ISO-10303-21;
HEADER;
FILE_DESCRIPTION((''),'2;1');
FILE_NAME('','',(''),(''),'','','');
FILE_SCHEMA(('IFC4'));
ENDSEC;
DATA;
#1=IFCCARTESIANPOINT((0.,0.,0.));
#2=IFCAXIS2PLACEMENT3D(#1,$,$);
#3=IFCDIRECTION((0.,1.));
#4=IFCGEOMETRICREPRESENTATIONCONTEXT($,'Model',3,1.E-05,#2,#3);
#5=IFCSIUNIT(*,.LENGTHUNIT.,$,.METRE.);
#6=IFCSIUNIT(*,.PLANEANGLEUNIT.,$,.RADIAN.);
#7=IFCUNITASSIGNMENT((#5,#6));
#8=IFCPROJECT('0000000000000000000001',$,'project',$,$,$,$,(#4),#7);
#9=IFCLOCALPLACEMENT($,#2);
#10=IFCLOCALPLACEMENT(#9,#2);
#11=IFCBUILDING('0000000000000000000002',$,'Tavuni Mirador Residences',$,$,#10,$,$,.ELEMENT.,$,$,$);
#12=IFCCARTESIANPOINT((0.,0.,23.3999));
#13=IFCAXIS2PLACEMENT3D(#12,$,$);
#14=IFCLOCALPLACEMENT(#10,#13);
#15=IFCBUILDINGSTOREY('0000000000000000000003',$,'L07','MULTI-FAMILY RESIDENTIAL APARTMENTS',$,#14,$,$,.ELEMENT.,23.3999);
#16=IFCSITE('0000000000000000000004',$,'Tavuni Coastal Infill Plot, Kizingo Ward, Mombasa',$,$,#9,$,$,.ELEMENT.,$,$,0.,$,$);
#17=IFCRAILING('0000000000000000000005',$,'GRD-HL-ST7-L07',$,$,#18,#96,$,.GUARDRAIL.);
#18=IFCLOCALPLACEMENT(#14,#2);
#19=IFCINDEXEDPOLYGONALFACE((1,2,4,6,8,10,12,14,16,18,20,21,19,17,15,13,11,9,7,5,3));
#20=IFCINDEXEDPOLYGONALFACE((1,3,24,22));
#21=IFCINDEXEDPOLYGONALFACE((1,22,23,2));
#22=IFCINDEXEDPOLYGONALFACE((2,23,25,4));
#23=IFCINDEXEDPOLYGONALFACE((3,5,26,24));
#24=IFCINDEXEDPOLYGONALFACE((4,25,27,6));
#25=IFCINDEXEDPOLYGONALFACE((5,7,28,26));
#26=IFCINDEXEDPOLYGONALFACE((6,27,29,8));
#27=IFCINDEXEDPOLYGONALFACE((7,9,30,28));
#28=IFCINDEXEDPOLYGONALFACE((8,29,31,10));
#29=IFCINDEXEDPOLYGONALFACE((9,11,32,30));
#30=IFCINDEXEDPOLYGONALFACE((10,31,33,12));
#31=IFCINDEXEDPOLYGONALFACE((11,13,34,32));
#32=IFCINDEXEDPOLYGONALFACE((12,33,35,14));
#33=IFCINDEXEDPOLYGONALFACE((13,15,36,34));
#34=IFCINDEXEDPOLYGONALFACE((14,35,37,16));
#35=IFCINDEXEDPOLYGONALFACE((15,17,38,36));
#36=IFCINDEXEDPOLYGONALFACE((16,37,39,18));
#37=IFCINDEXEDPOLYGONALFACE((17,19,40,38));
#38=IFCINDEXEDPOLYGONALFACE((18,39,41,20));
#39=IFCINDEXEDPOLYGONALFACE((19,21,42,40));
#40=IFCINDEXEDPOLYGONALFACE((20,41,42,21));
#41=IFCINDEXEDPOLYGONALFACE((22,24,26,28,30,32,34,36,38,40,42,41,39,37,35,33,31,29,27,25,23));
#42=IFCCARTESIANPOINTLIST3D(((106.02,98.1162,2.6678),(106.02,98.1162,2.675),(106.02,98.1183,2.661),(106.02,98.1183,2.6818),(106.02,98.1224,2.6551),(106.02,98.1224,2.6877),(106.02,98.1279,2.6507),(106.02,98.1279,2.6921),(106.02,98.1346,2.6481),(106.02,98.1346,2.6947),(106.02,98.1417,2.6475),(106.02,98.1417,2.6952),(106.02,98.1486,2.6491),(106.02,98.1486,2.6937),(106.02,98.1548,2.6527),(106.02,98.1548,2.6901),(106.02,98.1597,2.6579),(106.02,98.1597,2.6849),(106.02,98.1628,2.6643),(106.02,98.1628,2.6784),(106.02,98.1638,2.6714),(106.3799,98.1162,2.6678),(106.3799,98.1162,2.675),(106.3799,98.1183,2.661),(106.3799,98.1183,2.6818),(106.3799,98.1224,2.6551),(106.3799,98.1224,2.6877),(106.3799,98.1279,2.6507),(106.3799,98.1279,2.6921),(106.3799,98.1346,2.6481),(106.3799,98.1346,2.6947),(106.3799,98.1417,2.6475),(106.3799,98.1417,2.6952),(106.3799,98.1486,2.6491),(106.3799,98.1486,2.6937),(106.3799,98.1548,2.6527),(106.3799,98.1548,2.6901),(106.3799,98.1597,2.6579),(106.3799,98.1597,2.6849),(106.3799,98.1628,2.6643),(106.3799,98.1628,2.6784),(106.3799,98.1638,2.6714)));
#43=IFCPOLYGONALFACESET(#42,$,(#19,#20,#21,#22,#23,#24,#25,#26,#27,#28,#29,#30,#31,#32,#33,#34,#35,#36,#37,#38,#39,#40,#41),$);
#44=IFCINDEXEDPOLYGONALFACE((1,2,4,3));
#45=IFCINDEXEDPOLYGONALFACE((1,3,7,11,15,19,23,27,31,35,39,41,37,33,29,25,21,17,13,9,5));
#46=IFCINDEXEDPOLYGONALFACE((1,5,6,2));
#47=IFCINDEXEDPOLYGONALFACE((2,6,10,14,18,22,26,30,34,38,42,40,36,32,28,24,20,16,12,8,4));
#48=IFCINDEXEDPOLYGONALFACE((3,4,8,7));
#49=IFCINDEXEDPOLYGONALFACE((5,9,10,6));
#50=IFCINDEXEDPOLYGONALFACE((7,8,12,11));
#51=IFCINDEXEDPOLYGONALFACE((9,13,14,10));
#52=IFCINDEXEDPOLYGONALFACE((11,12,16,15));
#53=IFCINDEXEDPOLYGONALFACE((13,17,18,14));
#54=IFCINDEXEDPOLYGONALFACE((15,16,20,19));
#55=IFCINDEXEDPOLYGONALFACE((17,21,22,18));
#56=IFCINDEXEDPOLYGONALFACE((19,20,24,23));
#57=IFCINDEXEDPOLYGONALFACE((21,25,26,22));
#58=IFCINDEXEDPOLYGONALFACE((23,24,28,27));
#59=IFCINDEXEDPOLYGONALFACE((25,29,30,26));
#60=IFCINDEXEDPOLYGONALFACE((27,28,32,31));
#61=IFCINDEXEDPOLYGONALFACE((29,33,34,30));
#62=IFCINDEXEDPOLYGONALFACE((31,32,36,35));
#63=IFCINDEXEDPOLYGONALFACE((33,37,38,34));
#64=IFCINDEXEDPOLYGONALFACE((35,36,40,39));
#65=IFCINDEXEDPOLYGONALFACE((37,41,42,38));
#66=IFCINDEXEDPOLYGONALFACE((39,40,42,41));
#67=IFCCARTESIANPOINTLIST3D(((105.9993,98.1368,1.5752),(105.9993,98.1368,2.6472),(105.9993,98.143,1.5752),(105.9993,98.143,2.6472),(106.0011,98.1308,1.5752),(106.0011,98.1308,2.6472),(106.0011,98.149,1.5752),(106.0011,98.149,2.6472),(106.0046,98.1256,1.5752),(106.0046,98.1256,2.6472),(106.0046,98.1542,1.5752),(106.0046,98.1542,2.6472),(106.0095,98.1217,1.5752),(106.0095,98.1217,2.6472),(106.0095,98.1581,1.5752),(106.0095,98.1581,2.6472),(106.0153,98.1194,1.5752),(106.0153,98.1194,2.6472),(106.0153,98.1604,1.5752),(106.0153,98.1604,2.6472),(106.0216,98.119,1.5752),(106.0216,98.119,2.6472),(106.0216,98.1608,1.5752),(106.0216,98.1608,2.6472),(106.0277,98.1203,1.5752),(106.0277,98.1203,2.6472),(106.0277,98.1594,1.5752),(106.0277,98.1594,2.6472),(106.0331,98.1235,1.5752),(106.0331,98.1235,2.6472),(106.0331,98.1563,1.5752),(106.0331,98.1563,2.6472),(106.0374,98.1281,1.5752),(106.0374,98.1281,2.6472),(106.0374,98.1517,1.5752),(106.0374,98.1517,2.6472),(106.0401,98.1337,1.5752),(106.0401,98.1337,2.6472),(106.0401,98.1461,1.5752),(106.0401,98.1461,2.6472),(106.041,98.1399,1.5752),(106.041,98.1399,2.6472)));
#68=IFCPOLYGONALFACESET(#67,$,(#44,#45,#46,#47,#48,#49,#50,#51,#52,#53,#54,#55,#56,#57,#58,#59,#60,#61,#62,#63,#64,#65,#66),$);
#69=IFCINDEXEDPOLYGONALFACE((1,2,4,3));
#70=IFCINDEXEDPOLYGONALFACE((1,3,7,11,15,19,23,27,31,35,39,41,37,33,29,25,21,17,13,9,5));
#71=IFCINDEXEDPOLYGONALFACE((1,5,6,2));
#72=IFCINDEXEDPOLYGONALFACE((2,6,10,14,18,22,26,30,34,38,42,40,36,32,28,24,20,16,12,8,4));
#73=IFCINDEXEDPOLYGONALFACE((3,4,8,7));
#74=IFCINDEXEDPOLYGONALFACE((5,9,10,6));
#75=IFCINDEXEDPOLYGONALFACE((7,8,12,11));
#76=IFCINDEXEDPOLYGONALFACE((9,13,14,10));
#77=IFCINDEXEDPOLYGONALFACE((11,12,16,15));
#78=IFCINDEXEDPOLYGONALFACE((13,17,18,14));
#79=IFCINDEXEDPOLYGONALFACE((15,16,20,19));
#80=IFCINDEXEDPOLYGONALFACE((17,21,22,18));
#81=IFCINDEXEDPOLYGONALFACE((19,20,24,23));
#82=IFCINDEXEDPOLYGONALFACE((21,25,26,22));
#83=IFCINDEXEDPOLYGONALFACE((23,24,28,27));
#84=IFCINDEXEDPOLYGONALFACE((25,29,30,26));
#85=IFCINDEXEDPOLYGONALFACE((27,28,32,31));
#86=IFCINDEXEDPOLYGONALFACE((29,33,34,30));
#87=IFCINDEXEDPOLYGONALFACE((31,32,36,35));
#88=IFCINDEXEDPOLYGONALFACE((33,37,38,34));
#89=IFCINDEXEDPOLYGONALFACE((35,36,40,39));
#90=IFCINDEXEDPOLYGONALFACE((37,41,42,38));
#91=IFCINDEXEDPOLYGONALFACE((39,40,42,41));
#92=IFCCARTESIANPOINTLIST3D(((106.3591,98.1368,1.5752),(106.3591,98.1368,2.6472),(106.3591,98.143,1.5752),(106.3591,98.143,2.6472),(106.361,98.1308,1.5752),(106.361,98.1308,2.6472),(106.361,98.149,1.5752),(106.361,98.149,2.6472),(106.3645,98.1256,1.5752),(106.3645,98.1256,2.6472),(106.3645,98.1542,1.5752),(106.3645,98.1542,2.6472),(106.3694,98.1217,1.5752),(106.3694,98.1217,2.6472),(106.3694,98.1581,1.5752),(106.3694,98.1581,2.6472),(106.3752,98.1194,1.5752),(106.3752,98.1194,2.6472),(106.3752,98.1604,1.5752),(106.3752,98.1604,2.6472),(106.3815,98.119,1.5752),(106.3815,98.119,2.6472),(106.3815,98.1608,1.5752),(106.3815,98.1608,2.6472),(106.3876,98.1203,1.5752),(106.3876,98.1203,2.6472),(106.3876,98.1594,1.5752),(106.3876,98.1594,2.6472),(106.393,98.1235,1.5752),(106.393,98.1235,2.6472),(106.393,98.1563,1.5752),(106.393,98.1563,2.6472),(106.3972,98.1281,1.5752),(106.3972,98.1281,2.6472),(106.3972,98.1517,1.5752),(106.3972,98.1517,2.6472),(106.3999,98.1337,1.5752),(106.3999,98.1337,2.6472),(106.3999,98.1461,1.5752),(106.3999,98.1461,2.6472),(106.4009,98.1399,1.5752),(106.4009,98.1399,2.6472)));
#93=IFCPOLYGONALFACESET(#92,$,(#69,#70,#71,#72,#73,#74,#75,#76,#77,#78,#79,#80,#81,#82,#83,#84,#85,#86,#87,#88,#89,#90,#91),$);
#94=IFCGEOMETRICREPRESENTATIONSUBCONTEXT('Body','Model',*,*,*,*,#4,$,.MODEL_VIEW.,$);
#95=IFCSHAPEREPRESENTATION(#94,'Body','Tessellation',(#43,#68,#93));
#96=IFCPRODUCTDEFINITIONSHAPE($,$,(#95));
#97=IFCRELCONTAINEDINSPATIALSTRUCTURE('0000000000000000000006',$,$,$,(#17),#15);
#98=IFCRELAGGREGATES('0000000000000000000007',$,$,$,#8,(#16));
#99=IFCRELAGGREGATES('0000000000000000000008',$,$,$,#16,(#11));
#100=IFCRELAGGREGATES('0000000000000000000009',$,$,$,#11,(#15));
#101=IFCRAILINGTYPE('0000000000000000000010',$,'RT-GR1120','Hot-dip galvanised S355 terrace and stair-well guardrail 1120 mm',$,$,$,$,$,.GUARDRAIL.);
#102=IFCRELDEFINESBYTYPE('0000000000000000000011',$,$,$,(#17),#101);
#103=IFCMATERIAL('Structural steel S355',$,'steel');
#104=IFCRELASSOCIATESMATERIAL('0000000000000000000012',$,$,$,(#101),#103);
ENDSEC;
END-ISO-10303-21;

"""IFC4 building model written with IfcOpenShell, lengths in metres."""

from ifc_helpers import new_model, si_unit, direction, frame, origin, origin_2d, place, context, subcontext, project, spatial, circle, extrude, material, type_object, element, save


model = new_model("IFC4")

# Units and contexts
model_context = context("Model", 3, precision=1e-05, world=origin(), true_north=direction((0.0, 1.0)))
body_context = subcontext(model_context, "Body", "Model", "MODEL_VIEW")
ifc_project = project(units=[si_unit("LENGTHUNIT", "METRE"), si_unit("PLANEANGLEUNIT", "RADIAN")], contexts=[model_context])

# Site, building, storey
site_placement = place(None, origin())
site = spatial("IfcSite", under=ifc_project, at=site_placement, Name="Tavuni Coastal Infill Plot, Kizingo Ward, Mombasa", CompositionType="ELEMENT", RefElevation=0.0)
building_placement = place(site_placement, origin())
building = spatial("IfcBuilding", under=site, at=building_placement, Name="Tavuni Mirador Residences", CompositionType="ELEMENT")
storey_placement = place(building_placement, frame((0.0, 0.0, 23.3999)))
storey = spatial("IfcBuildingStorey", under=building, at=storey_placement, Name="L07", Description="MULTI-FAMILY RESIDENTIAL APARTMENTS", CompositionType="ELEMENT", Elevation=23.3999)

# Railing
ifc_material_1 = material(Name="Structural steel S355", Category="steel")
railing_type = type_object("IfcRailingType", Name="RT-GR1120", Description="Hot-dip galvanised S355 terrace and stair-well guardrail 1120 mm", PredefinedType="GUARDRAIL", material=ifc_material_1)
railing_placement = place(storey_placement, frame((106.02, 98.1399, 1.5752)))
element("IfcRailing", 1, at=railing_placement, inside=storey, type_object=railing_type, Name="GRD-HL-ST7-L07", PredefinedType="GUARDRAIL", context=body_context, shape_type="SweptSolid", body=[
    extrude(circle(Radius=0.0239, at=origin_2d()), frame((0.0, 0.0, 1.0962), z_axis=(1.0, 0.0, 0.0), x_axis=(0.0, 1.0, 0.0)), (0.0, 0.0, 1.0), 0.3599),
    extrude(circle(Radius=0.021, at=origin_2d()), origin(), (0.0, 0.0, 1.0), 1.072),
    extrude(circle(Radius=0.021, at=origin_2d()), frame((0.3599, 0.0, 0.0)), (0.0, 0.0, 1.0), 1.072),
])

save(model, "model.ifc")
